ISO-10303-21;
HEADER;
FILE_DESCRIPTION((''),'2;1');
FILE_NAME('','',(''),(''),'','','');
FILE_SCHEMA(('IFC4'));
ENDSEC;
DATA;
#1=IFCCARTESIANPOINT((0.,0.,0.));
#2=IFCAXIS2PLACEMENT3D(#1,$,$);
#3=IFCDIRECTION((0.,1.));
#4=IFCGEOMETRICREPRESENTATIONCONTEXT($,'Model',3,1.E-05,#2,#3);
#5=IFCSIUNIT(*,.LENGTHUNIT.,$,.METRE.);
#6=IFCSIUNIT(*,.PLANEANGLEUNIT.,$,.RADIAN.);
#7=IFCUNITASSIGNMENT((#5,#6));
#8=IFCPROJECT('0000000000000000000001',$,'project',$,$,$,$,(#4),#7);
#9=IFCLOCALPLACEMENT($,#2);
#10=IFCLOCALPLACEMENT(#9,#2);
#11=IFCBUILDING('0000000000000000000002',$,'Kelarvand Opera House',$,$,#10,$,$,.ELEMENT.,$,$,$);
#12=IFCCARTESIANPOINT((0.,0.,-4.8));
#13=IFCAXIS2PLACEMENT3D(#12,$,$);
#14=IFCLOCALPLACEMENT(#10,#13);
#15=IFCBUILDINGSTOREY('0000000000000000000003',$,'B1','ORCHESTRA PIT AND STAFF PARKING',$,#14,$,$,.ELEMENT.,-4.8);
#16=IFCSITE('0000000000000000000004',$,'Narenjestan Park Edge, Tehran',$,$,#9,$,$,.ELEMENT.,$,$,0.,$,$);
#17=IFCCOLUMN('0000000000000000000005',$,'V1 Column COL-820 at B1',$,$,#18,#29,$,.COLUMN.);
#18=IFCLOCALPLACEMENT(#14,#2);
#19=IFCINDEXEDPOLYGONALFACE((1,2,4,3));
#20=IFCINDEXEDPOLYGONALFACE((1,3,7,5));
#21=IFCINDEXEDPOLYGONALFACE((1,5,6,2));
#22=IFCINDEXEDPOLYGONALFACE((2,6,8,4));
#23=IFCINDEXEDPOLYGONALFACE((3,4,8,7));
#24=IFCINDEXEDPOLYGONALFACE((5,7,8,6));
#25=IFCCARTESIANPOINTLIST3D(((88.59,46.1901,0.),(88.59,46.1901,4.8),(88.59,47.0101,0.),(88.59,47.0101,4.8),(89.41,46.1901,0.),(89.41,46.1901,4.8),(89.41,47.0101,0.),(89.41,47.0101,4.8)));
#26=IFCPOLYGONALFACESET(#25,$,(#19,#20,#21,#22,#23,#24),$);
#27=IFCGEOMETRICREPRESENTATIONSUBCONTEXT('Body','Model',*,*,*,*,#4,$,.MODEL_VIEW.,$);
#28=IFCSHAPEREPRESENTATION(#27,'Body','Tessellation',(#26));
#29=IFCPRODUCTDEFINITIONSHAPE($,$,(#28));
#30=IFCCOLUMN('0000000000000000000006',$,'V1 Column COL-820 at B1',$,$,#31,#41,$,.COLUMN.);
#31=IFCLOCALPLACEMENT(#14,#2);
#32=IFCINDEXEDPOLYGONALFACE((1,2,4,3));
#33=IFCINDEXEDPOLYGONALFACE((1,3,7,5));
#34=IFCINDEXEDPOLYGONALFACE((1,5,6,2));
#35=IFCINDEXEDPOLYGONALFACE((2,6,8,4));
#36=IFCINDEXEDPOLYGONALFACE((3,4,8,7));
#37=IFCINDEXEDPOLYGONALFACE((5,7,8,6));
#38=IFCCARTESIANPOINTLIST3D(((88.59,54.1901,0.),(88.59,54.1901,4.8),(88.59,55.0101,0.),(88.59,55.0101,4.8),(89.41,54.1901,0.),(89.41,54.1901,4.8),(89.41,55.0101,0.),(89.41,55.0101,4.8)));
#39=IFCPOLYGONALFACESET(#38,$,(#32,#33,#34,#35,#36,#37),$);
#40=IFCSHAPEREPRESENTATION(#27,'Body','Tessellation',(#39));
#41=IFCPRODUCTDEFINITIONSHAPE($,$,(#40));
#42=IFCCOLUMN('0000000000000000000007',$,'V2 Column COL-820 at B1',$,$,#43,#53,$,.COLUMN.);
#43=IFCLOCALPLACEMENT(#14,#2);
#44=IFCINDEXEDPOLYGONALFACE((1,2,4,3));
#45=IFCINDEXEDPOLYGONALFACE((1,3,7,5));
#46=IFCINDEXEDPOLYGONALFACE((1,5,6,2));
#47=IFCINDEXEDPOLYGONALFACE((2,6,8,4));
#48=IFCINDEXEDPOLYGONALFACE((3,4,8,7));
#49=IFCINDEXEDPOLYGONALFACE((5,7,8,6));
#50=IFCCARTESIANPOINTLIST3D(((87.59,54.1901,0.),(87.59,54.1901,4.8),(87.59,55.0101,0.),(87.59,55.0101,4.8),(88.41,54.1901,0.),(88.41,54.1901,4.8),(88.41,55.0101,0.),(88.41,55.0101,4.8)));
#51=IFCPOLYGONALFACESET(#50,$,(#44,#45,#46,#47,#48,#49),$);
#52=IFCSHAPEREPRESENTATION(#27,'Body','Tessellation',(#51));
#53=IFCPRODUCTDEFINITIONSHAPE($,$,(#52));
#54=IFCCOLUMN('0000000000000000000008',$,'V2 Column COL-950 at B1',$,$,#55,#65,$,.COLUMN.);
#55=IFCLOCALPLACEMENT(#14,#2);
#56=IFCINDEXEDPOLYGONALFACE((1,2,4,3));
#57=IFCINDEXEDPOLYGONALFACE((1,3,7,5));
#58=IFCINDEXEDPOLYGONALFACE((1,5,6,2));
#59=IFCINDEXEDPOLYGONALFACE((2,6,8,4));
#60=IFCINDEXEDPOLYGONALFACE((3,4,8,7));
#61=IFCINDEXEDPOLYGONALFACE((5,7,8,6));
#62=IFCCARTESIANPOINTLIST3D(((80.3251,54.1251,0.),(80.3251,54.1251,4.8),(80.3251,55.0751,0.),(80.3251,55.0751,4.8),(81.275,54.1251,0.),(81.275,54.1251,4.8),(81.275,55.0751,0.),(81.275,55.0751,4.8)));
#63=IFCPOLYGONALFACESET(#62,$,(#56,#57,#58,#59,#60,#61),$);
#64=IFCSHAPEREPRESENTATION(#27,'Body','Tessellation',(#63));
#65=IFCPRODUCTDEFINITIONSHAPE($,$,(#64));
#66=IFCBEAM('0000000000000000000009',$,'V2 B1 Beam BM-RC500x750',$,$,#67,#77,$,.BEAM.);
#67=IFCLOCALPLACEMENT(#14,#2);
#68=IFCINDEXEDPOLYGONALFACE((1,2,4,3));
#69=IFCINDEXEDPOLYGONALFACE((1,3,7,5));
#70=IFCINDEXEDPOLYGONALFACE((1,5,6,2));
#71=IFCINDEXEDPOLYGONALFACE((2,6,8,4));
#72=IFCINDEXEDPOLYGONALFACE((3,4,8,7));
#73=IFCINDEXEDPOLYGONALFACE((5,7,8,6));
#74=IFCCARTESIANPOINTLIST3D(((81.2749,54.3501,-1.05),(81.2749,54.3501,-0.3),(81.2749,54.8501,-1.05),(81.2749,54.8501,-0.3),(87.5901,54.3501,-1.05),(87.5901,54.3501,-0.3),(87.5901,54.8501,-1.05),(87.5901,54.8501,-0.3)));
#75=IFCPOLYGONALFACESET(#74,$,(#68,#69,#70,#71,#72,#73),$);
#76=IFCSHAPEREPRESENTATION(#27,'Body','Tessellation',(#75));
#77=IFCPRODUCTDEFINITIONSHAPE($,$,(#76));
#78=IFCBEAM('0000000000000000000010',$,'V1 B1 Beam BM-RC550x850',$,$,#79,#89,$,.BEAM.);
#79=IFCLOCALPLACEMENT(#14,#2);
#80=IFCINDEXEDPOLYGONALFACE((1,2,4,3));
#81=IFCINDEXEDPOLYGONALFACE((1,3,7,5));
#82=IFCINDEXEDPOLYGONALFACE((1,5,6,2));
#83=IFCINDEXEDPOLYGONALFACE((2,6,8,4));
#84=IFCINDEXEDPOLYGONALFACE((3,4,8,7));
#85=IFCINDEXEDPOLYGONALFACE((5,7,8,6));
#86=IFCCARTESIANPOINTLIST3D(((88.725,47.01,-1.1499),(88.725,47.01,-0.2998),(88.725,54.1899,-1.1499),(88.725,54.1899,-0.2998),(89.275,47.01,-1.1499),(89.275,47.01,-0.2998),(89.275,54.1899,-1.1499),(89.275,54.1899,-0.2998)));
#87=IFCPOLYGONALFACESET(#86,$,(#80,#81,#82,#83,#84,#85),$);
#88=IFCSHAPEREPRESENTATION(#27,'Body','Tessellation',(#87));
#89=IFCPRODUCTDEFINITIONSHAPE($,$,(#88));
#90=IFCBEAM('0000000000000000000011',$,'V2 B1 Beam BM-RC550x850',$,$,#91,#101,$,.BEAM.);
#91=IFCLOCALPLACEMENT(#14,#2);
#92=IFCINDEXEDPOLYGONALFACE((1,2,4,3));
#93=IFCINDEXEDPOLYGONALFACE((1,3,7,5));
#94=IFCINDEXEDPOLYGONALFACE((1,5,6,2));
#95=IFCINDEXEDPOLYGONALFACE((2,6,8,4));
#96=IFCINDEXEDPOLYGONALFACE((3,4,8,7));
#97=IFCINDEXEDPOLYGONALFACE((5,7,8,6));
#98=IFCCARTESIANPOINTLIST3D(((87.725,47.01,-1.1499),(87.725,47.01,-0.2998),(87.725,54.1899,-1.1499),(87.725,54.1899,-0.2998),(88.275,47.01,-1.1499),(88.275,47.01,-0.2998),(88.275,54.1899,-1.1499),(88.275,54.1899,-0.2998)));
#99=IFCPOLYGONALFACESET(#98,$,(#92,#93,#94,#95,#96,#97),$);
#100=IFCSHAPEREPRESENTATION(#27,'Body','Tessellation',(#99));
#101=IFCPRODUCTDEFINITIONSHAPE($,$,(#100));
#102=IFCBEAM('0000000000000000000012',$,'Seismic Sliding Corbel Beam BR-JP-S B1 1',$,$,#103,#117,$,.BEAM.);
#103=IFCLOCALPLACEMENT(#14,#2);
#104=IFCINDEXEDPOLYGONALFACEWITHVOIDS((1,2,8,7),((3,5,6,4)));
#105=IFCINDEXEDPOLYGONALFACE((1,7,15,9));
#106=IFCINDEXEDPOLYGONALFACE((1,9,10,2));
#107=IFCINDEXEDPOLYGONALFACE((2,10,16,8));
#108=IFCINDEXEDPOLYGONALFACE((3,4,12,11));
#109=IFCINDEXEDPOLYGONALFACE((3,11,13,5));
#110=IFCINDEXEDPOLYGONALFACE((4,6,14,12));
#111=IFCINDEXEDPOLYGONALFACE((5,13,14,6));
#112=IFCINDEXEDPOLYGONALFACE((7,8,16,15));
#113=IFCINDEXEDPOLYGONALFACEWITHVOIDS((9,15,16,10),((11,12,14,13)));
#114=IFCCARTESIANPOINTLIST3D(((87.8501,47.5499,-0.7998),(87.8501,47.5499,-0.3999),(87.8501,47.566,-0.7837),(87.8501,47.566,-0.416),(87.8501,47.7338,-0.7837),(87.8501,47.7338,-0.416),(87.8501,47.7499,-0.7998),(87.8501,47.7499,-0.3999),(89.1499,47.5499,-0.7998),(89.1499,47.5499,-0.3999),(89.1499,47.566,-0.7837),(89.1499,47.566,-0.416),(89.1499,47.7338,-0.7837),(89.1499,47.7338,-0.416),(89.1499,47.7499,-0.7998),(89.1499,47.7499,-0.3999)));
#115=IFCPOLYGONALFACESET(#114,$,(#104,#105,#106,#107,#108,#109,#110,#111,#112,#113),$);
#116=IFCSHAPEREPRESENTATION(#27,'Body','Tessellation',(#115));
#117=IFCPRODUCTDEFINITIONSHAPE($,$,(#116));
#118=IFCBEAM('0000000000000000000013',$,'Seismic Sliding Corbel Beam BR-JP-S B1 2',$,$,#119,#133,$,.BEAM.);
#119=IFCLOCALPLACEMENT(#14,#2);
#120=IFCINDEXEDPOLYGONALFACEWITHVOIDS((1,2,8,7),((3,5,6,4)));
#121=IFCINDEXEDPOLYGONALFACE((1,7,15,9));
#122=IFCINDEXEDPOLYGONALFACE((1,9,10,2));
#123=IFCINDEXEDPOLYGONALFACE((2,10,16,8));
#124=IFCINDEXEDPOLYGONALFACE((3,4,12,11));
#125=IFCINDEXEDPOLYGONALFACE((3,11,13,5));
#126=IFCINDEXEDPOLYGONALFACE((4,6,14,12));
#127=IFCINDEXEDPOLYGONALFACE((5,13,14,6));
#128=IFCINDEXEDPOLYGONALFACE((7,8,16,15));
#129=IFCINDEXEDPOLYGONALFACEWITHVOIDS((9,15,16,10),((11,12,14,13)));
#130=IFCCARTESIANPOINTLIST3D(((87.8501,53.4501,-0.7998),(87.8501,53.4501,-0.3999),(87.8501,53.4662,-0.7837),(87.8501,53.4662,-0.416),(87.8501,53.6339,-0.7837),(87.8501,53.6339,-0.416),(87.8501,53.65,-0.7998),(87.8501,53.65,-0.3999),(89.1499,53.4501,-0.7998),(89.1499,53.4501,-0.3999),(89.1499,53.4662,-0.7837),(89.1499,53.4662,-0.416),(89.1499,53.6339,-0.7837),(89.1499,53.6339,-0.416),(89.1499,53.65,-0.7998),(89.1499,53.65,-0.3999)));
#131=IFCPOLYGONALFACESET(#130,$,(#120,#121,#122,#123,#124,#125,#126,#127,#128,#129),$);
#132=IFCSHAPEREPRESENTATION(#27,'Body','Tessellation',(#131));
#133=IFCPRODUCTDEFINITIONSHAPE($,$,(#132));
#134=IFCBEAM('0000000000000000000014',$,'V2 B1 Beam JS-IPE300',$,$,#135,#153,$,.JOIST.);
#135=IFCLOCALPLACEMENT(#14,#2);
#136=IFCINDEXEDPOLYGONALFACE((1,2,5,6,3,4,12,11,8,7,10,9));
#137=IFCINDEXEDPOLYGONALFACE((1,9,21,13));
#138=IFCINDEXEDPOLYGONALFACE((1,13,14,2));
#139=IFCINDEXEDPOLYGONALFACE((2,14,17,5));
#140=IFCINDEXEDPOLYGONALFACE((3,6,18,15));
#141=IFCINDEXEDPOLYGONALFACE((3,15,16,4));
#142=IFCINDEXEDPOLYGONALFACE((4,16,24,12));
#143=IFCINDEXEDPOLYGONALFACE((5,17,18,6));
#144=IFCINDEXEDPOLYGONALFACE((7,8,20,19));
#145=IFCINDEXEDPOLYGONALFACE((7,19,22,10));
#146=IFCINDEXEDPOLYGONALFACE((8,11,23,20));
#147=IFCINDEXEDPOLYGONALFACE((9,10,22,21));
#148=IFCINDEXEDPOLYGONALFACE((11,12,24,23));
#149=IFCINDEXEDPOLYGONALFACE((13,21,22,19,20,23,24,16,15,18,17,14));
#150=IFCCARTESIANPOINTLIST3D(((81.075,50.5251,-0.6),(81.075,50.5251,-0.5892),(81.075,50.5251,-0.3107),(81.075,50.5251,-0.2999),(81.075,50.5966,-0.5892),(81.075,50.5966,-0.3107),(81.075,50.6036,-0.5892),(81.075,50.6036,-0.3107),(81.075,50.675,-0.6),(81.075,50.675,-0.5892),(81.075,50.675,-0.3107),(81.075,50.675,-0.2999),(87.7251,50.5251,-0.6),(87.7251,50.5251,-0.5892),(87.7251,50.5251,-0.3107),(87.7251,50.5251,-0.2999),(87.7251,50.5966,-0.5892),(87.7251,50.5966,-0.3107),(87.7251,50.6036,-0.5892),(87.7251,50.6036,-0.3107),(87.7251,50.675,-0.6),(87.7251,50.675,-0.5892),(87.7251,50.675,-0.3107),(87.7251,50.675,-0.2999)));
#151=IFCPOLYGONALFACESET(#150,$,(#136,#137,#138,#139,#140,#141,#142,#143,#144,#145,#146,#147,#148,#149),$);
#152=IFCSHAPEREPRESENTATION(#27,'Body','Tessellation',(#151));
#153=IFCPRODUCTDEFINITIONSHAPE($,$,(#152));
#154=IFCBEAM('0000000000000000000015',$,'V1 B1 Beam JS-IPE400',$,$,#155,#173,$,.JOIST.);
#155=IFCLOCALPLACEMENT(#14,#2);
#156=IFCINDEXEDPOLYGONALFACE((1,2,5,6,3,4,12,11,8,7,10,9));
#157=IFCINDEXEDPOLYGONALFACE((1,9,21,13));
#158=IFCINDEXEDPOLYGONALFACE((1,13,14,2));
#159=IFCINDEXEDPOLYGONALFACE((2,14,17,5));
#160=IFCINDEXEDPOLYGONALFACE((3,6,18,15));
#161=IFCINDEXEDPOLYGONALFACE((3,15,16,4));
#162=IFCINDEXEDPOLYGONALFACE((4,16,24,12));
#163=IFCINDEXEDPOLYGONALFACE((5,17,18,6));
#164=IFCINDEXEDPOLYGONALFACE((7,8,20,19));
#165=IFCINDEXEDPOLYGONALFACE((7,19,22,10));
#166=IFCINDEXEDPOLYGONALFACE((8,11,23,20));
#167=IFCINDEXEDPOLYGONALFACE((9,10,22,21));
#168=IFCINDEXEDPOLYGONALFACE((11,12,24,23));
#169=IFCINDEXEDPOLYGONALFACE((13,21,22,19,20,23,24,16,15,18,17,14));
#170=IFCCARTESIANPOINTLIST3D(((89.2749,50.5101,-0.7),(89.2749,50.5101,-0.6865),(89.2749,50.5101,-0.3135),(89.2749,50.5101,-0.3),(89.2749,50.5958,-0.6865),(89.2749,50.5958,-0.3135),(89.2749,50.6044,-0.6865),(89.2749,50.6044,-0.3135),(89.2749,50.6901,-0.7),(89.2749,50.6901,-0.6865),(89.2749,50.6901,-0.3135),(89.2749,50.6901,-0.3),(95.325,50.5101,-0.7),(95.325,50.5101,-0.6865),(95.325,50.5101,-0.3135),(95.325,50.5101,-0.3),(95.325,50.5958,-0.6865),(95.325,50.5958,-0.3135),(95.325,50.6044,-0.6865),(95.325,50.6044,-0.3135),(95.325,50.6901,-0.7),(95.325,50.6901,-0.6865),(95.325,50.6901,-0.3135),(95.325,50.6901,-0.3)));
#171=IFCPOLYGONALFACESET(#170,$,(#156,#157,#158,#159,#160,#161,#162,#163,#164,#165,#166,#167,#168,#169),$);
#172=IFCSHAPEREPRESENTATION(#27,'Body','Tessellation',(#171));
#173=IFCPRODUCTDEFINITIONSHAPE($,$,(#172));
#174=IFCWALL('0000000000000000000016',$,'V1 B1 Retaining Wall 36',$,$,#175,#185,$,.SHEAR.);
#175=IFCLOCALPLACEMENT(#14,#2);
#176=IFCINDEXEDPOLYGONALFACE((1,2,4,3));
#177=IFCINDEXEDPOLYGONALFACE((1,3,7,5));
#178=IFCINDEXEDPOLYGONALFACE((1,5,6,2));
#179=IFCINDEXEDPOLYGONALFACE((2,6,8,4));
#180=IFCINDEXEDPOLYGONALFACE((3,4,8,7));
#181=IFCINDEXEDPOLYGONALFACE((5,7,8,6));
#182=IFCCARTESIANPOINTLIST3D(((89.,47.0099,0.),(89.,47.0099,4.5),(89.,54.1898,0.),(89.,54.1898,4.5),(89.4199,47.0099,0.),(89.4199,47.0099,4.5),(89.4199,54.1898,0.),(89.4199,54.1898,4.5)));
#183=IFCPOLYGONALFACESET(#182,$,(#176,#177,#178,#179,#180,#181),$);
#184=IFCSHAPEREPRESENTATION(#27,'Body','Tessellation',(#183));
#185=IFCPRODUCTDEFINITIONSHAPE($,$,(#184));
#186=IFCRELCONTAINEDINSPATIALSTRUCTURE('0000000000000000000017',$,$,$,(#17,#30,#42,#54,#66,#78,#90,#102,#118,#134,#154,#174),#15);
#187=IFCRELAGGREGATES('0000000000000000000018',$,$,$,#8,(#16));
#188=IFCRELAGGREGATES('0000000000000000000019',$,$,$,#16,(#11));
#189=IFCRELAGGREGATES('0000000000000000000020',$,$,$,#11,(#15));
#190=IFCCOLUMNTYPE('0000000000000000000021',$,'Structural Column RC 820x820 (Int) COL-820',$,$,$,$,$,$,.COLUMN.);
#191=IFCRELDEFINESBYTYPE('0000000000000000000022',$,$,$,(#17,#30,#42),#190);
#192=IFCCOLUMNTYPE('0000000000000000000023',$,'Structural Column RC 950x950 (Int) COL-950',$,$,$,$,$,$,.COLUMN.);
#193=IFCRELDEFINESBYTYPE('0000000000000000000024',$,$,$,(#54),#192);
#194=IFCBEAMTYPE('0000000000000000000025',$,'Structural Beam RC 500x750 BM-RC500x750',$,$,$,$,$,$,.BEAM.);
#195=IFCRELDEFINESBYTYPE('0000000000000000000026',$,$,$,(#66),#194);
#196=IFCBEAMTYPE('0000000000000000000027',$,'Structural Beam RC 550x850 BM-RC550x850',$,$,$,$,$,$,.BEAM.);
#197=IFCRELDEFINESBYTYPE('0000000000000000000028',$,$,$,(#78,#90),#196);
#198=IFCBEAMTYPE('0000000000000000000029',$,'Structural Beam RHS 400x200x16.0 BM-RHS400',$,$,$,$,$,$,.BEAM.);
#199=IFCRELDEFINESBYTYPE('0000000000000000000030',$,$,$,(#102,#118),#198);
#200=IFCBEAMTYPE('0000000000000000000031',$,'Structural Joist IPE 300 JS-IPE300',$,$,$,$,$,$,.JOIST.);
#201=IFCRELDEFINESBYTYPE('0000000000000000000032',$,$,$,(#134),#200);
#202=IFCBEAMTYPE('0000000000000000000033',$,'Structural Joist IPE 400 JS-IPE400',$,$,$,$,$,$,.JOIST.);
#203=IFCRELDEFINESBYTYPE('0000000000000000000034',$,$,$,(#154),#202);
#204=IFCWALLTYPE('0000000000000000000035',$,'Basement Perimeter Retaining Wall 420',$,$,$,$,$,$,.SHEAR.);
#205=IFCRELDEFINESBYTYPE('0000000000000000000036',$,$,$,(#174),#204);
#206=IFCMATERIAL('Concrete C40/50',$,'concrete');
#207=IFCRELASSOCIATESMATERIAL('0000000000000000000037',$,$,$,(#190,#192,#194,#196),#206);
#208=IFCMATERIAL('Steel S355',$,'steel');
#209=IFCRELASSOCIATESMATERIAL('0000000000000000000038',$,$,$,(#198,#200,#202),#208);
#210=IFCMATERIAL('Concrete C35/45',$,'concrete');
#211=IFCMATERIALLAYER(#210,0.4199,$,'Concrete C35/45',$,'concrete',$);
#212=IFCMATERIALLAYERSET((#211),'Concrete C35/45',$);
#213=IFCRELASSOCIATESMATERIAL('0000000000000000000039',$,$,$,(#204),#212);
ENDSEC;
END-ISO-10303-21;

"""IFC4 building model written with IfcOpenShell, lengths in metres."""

from ifc_helpers import new_model, si_unit, direction, frame, frame_2d, origin, origin_2d, place, context, subcontext, project, spatial, rectangle, hollow_rectangle, i_section, extrude, material, layer, layer_set, material_profile, profile_set, type_object, element, save


model = new_model("IFC4")

# Units and contexts
model_context = context("Model", 3, precision=1e-05, world=origin(), true_north=direction((0.0, 1.0)))
body_context = subcontext(model_context, "Body", "Model", "MODEL_VIEW")
ifc_project = project(units=[si_unit("LENGTHUNIT", "METRE"), si_unit("PLANEANGLEUNIT", "RADIAN")], contexts=[model_context])

# Site, building, storey
site_placement = place(None, origin())
site = spatial("IfcSite", under=ifc_project, at=site_placement, Name="Narenjestan Park Edge, Tehran", CompositionType="ELEMENT", RefElevation=0.0)
building_placement = place(site_placement, origin())
building = spatial("IfcBuilding", under=site, at=building_placement, Name="Kelarvand Opera House", CompositionType="ELEMENT")
storey_placement = place(building_placement, frame((0.0, 0.0, -4.8)))
storey = spatial("IfcBuildingStorey", under=building, at=storey_placement, Name="B1", Description="ORCHESTRA PIT AND STAFF PARKING", CompositionType="ELEMENT", Elevation=-4.8)

# Columns
ifc_material_1 = material(Name="Concrete C40/50", Category="concrete")
ifc_material_profile_1 = material_profile(ifc_material_1, rectangle(XDim=0.8201, YDim=0.8201, at=origin_2d()), Name="RC 820x820", Category="concrete")
ifc_profile_set_1 = profile_set([ifc_material_profile_1], Name="Concrete C40/50")
column_type_1 = type_object("IfcColumnType", Name="Structural Column RC 820x820 (Int) COL-820", PredefinedType="COLUMN", material=ifc_profile_set_1)
for number, where, z_axis, x_axis, name in (
    (1, (89.0, 46.6001, 0.0), (0.0, 0.0, 1.0), (1.0, 0.0, 0.0), "V1 Column COL-820 at B1"),
    (2, (89.0, 54.6001, 0.0), (0.0, 0.0, 1.0), (1.0, 0.0, 0.0), "V1 Column COL-820 at B1"),
    (3, (88.0, 54.6001, 0.0), (0.0, 0.0, 1.0), (1.0, 0.0, 0.0), "V2 Column COL-820 at B1"),
):
    element("IfcColumn", number, at=place(storey_placement, frame(where, z_axis=z_axis, x_axis=x_axis)), inside=storey, type_object=column_type_1, Name=name, PredefinedType="COLUMN", context=body_context, shape_type="SweptSolid", body=[
        extrude(rectangle(XDim=0.8201, YDim=0.8201, at=origin_2d()), origin(), (0.0, 0.0, 1.0), 4.8),
    ])
ifc_material_profile_2 = material_profile(ifc_material_1, rectangle(XDim=0.95, YDim=0.95, at=origin_2d()), Name="RC 950x950", Category="concrete")
ifc_profile_set_2 = profile_set([ifc_material_profile_2], Name="Concrete C40/50")
column_type_2 = type_object("IfcColumnType", Name="Structural Column RC 950x950 (Int) COL-950", PredefinedType="COLUMN", material=ifc_profile_set_2)
column_placement = place(storey_placement, frame((80.8, 54.6001, 0.0), z_axis=(0.0, 0.0, 1.0), x_axis=(1.0, 0.0, 0.0)))
element("IfcColumn", 4, at=column_placement, inside=storey, type_object=column_type_2, Name="V2 Column COL-950 at B1", PredefinedType="COLUMN", context=body_context, shape_type="SweptSolid", body=[
    extrude(rectangle(XDim=0.95, YDim=0.95, at=origin_2d()), origin(), (0.0, 0.0, 1.0), 4.8),
])

# Beams
ifc_material_profile_3 = material_profile(ifc_material_1, rectangle(XDim=0.5, YDim=0.75, at=origin_2d()), Name="RC 500x750", Category="concrete")
ifc_profile_set_3 = profile_set([ifc_material_profile_3], Name="Concrete C40/50")
beam_type_1 = type_object("IfcBeamType", Name="Structural Beam RC 500x750 BM-RC500x750", PredefinedType="BEAM", material=ifc_profile_set_3)
beam_1_placement = place(storey_placement, frame((81.2749, 54.6001, -0.675), z_axis=(1.0, 0.0, 0.0), x_axis=(0.0, 1.0, 0.0)))
element("IfcBeam", 5, at=beam_1_placement, inside=storey, type_object=beam_type_1, Name="V2 B1 Beam BM-RC500x750", PredefinedType="BEAM", context=body_context, shape_type="SweptSolid", body=[
    extrude(rectangle(XDim=0.5, YDim=0.75, at=origin_2d()), origin(), (0.0, 0.0, 1.0), 6.3152),
])
ifc_material_profile_4 = material_profile(ifc_material_1, rectangle(XDim=0.55, YDim=0.8501, at=origin_2d()), Name="RC 550x850", Category="concrete")
ifc_profile_set_4 = profile_set([ifc_material_profile_4], Name="Concrete C40/50")
beam_type_2 = type_object("IfcBeamType", Name="Structural Beam RC 550x850 BM-RC550x850", PredefinedType="BEAM", material=ifc_profile_set_4)
for number, where, z_axis, x_axis, name in (
    (6, (89.0, 47.01, -0.7249), (0.0, 1.0, 0.0), (-1.0, 0.0, 0.0), "V1 B1 Beam BM-RC550x850"),
    (7, (88.0, 47.01, -0.7249), (0.0, 1.0, 0.0), (-1.0, 0.0, 0.0), "V2 B1 Beam BM-RC550x850"),
):
    element("IfcBeam", number, at=place(storey_placement, frame(where, z_axis=z_axis, x_axis=x_axis)), inside=storey, type_object=beam_type_2, Name=name, PredefinedType="BEAM", context=body_context, shape_type="SweptSolid", body=[
        extrude(rectangle(XDim=0.55, YDim=0.8501, at=origin_2d()), origin(), (0.0, 0.0, 1.0), 7.1799),
    ])
ifc_material_2 = material(Name="Steel S355", Category="steel")
ifc_material_profile_5 = material_profile(ifc_material_2, hollow_rectangle(XDim=0.2, YDim=0.3999, WallThickness=0.0161, at=origin_2d()), Name="RHS 400x200x16.0", Category="steel")
ifc_profile_set_5 = profile_set([ifc_material_profile_5], Name="Steel S355")
beam_type_3 = type_object("IfcBeamType", Name="Structural Beam RHS 400x200x16.0 BM-RHS400", PredefinedType="BEAM", material=ifc_profile_set_5)
for number, where, z_axis, x_axis, name in (
    (8, (87.8501, 47.6499, -0.5999), (1.0, 0.0, 0.0), (0.0, 1.0, 0.0), "Seismic Sliding Corbel Beam BR-JP-S B1 1"),
    (9, (87.8501, 53.55, -0.5999), (1.0, 0.0, 0.0), (0.0, 1.0, 0.0), "Seismic Sliding Corbel Beam BR-JP-S B1 2"),
):
    element("IfcBeam", number, at=place(storey_placement, frame(where, z_axis=z_axis, x_axis=x_axis)), inside=storey, type_object=beam_type_3, Name=name, PredefinedType="BEAM", context=body_context, shape_type="SweptSolid", body=[
        extrude(hollow_rectangle(XDim=0.2, YDim=0.3999, WallThickness=0.0161, at=origin_2d()), origin(), (0.0, 0.0, 1.0), 1.2998),
    ])
ifc_material_profile_6 = material_profile(ifc_material_2, i_section(OverallWidth=0.1499, OverallDepth=0.3, WebThickness=0.0071, FlangeThickness=0.0107, at=origin_2d()), Name="IPE 300", Category="steel")
ifc_profile_set_6 = profile_set([ifc_material_profile_6], Name="Steel S355")
beam_type_4 = type_object("IfcBeamType", Name="Structural Joist IPE 300 JS-IPE300", PredefinedType="JOIST", material=ifc_profile_set_6)
beam_2_placement = place(storey_placement, frame((81.075, 50.6001, -0.45), z_axis=(1.0, 0.0, 0.0), x_axis=(0.0, 1.0, 0.0)))
element("IfcBeam", 10, at=beam_2_placement, inside=storey, type_object=beam_type_4, Name="V2 B1 Beam JS-IPE300", PredefinedType="JOIST", context=body_context, shape_type="SweptSolid", body=[
    extrude(i_section(OverallWidth=0.1499, OverallDepth=0.3, WebThickness=0.0071, FlangeThickness=0.0107, at=origin_2d()), origin(), (0.0, 0.0, 1.0), 6.6501),
])
ifc_material_profile_7 = material_profile(ifc_material_2, i_section(OverallWidth=0.1799, OverallDepth=0.3999, WebThickness=0.0085, FlangeThickness=0.0134, at=origin_2d()), Name="IPE 400", Category="steel")
ifc_profile_set_7 = profile_set([ifc_material_profile_7], Name="Steel S355")
beam_type_5 = type_object("IfcBeamType", Name="Structural Joist IPE 400 JS-IPE400", PredefinedType="JOIST", material=ifc_profile_set_7)
beam_3_placement = place(storey_placement, frame((89.2749, 50.6001, -0.5), z_axis=(1.0, 0.0, 0.0), x_axis=(0.0, 1.0, 0.0)))
element("IfcBeam", 11, at=beam_3_placement, inside=storey, type_object=beam_type_5, Name="V1 B1 Beam JS-IPE400", PredefinedType="JOIST", context=body_context, shape_type="SweptSolid", body=[
    extrude(i_section(OverallWidth=0.1799, OverallDepth=0.3999, WebThickness=0.0085, FlangeThickness=0.0134, at=origin_2d()), origin(), (0.0, 0.0, 1.0), 6.05),
])

# Wall
ifc_material_3 = material(Name="Concrete C35/45", Category="concrete")
ifc_layer = layer(ifc_material_3, 0.4199, Name="Concrete C35/45", Category="concrete")
ifc_layer_set = layer_set([ifc_layer], Name="Concrete C35/45")
wall_type = type_object("IfcWallType", Name="Basement Perimeter Retaining Wall 420", PredefinedType="SHEAR", material=ifc_layer_set)
for number, where, z_axis, x_axis, name in (
    (12, (89.21, 47.01, 0.0), (0.0, 0.0, 1.0), (0.0, 1.0, 0.0), "V1 B1 Retaining Wall 36"),
):
    element("IfcWall", number, at=place(storey_placement, frame(where, z_axis=z_axis, x_axis=x_axis)), inside=storey, type_object=wall_type, Name=name, PredefinedType="SHEAR", context=body_context, shape_type="SweptSolid", body=[
        extrude(rectangle(XDim=7.1799, YDim=0.4199, at=frame_2d((3.5898, 0.0))), origin(), (0.0, 0.0, 1.0), 4.5),
    ])

save(model, "model.ifc")
